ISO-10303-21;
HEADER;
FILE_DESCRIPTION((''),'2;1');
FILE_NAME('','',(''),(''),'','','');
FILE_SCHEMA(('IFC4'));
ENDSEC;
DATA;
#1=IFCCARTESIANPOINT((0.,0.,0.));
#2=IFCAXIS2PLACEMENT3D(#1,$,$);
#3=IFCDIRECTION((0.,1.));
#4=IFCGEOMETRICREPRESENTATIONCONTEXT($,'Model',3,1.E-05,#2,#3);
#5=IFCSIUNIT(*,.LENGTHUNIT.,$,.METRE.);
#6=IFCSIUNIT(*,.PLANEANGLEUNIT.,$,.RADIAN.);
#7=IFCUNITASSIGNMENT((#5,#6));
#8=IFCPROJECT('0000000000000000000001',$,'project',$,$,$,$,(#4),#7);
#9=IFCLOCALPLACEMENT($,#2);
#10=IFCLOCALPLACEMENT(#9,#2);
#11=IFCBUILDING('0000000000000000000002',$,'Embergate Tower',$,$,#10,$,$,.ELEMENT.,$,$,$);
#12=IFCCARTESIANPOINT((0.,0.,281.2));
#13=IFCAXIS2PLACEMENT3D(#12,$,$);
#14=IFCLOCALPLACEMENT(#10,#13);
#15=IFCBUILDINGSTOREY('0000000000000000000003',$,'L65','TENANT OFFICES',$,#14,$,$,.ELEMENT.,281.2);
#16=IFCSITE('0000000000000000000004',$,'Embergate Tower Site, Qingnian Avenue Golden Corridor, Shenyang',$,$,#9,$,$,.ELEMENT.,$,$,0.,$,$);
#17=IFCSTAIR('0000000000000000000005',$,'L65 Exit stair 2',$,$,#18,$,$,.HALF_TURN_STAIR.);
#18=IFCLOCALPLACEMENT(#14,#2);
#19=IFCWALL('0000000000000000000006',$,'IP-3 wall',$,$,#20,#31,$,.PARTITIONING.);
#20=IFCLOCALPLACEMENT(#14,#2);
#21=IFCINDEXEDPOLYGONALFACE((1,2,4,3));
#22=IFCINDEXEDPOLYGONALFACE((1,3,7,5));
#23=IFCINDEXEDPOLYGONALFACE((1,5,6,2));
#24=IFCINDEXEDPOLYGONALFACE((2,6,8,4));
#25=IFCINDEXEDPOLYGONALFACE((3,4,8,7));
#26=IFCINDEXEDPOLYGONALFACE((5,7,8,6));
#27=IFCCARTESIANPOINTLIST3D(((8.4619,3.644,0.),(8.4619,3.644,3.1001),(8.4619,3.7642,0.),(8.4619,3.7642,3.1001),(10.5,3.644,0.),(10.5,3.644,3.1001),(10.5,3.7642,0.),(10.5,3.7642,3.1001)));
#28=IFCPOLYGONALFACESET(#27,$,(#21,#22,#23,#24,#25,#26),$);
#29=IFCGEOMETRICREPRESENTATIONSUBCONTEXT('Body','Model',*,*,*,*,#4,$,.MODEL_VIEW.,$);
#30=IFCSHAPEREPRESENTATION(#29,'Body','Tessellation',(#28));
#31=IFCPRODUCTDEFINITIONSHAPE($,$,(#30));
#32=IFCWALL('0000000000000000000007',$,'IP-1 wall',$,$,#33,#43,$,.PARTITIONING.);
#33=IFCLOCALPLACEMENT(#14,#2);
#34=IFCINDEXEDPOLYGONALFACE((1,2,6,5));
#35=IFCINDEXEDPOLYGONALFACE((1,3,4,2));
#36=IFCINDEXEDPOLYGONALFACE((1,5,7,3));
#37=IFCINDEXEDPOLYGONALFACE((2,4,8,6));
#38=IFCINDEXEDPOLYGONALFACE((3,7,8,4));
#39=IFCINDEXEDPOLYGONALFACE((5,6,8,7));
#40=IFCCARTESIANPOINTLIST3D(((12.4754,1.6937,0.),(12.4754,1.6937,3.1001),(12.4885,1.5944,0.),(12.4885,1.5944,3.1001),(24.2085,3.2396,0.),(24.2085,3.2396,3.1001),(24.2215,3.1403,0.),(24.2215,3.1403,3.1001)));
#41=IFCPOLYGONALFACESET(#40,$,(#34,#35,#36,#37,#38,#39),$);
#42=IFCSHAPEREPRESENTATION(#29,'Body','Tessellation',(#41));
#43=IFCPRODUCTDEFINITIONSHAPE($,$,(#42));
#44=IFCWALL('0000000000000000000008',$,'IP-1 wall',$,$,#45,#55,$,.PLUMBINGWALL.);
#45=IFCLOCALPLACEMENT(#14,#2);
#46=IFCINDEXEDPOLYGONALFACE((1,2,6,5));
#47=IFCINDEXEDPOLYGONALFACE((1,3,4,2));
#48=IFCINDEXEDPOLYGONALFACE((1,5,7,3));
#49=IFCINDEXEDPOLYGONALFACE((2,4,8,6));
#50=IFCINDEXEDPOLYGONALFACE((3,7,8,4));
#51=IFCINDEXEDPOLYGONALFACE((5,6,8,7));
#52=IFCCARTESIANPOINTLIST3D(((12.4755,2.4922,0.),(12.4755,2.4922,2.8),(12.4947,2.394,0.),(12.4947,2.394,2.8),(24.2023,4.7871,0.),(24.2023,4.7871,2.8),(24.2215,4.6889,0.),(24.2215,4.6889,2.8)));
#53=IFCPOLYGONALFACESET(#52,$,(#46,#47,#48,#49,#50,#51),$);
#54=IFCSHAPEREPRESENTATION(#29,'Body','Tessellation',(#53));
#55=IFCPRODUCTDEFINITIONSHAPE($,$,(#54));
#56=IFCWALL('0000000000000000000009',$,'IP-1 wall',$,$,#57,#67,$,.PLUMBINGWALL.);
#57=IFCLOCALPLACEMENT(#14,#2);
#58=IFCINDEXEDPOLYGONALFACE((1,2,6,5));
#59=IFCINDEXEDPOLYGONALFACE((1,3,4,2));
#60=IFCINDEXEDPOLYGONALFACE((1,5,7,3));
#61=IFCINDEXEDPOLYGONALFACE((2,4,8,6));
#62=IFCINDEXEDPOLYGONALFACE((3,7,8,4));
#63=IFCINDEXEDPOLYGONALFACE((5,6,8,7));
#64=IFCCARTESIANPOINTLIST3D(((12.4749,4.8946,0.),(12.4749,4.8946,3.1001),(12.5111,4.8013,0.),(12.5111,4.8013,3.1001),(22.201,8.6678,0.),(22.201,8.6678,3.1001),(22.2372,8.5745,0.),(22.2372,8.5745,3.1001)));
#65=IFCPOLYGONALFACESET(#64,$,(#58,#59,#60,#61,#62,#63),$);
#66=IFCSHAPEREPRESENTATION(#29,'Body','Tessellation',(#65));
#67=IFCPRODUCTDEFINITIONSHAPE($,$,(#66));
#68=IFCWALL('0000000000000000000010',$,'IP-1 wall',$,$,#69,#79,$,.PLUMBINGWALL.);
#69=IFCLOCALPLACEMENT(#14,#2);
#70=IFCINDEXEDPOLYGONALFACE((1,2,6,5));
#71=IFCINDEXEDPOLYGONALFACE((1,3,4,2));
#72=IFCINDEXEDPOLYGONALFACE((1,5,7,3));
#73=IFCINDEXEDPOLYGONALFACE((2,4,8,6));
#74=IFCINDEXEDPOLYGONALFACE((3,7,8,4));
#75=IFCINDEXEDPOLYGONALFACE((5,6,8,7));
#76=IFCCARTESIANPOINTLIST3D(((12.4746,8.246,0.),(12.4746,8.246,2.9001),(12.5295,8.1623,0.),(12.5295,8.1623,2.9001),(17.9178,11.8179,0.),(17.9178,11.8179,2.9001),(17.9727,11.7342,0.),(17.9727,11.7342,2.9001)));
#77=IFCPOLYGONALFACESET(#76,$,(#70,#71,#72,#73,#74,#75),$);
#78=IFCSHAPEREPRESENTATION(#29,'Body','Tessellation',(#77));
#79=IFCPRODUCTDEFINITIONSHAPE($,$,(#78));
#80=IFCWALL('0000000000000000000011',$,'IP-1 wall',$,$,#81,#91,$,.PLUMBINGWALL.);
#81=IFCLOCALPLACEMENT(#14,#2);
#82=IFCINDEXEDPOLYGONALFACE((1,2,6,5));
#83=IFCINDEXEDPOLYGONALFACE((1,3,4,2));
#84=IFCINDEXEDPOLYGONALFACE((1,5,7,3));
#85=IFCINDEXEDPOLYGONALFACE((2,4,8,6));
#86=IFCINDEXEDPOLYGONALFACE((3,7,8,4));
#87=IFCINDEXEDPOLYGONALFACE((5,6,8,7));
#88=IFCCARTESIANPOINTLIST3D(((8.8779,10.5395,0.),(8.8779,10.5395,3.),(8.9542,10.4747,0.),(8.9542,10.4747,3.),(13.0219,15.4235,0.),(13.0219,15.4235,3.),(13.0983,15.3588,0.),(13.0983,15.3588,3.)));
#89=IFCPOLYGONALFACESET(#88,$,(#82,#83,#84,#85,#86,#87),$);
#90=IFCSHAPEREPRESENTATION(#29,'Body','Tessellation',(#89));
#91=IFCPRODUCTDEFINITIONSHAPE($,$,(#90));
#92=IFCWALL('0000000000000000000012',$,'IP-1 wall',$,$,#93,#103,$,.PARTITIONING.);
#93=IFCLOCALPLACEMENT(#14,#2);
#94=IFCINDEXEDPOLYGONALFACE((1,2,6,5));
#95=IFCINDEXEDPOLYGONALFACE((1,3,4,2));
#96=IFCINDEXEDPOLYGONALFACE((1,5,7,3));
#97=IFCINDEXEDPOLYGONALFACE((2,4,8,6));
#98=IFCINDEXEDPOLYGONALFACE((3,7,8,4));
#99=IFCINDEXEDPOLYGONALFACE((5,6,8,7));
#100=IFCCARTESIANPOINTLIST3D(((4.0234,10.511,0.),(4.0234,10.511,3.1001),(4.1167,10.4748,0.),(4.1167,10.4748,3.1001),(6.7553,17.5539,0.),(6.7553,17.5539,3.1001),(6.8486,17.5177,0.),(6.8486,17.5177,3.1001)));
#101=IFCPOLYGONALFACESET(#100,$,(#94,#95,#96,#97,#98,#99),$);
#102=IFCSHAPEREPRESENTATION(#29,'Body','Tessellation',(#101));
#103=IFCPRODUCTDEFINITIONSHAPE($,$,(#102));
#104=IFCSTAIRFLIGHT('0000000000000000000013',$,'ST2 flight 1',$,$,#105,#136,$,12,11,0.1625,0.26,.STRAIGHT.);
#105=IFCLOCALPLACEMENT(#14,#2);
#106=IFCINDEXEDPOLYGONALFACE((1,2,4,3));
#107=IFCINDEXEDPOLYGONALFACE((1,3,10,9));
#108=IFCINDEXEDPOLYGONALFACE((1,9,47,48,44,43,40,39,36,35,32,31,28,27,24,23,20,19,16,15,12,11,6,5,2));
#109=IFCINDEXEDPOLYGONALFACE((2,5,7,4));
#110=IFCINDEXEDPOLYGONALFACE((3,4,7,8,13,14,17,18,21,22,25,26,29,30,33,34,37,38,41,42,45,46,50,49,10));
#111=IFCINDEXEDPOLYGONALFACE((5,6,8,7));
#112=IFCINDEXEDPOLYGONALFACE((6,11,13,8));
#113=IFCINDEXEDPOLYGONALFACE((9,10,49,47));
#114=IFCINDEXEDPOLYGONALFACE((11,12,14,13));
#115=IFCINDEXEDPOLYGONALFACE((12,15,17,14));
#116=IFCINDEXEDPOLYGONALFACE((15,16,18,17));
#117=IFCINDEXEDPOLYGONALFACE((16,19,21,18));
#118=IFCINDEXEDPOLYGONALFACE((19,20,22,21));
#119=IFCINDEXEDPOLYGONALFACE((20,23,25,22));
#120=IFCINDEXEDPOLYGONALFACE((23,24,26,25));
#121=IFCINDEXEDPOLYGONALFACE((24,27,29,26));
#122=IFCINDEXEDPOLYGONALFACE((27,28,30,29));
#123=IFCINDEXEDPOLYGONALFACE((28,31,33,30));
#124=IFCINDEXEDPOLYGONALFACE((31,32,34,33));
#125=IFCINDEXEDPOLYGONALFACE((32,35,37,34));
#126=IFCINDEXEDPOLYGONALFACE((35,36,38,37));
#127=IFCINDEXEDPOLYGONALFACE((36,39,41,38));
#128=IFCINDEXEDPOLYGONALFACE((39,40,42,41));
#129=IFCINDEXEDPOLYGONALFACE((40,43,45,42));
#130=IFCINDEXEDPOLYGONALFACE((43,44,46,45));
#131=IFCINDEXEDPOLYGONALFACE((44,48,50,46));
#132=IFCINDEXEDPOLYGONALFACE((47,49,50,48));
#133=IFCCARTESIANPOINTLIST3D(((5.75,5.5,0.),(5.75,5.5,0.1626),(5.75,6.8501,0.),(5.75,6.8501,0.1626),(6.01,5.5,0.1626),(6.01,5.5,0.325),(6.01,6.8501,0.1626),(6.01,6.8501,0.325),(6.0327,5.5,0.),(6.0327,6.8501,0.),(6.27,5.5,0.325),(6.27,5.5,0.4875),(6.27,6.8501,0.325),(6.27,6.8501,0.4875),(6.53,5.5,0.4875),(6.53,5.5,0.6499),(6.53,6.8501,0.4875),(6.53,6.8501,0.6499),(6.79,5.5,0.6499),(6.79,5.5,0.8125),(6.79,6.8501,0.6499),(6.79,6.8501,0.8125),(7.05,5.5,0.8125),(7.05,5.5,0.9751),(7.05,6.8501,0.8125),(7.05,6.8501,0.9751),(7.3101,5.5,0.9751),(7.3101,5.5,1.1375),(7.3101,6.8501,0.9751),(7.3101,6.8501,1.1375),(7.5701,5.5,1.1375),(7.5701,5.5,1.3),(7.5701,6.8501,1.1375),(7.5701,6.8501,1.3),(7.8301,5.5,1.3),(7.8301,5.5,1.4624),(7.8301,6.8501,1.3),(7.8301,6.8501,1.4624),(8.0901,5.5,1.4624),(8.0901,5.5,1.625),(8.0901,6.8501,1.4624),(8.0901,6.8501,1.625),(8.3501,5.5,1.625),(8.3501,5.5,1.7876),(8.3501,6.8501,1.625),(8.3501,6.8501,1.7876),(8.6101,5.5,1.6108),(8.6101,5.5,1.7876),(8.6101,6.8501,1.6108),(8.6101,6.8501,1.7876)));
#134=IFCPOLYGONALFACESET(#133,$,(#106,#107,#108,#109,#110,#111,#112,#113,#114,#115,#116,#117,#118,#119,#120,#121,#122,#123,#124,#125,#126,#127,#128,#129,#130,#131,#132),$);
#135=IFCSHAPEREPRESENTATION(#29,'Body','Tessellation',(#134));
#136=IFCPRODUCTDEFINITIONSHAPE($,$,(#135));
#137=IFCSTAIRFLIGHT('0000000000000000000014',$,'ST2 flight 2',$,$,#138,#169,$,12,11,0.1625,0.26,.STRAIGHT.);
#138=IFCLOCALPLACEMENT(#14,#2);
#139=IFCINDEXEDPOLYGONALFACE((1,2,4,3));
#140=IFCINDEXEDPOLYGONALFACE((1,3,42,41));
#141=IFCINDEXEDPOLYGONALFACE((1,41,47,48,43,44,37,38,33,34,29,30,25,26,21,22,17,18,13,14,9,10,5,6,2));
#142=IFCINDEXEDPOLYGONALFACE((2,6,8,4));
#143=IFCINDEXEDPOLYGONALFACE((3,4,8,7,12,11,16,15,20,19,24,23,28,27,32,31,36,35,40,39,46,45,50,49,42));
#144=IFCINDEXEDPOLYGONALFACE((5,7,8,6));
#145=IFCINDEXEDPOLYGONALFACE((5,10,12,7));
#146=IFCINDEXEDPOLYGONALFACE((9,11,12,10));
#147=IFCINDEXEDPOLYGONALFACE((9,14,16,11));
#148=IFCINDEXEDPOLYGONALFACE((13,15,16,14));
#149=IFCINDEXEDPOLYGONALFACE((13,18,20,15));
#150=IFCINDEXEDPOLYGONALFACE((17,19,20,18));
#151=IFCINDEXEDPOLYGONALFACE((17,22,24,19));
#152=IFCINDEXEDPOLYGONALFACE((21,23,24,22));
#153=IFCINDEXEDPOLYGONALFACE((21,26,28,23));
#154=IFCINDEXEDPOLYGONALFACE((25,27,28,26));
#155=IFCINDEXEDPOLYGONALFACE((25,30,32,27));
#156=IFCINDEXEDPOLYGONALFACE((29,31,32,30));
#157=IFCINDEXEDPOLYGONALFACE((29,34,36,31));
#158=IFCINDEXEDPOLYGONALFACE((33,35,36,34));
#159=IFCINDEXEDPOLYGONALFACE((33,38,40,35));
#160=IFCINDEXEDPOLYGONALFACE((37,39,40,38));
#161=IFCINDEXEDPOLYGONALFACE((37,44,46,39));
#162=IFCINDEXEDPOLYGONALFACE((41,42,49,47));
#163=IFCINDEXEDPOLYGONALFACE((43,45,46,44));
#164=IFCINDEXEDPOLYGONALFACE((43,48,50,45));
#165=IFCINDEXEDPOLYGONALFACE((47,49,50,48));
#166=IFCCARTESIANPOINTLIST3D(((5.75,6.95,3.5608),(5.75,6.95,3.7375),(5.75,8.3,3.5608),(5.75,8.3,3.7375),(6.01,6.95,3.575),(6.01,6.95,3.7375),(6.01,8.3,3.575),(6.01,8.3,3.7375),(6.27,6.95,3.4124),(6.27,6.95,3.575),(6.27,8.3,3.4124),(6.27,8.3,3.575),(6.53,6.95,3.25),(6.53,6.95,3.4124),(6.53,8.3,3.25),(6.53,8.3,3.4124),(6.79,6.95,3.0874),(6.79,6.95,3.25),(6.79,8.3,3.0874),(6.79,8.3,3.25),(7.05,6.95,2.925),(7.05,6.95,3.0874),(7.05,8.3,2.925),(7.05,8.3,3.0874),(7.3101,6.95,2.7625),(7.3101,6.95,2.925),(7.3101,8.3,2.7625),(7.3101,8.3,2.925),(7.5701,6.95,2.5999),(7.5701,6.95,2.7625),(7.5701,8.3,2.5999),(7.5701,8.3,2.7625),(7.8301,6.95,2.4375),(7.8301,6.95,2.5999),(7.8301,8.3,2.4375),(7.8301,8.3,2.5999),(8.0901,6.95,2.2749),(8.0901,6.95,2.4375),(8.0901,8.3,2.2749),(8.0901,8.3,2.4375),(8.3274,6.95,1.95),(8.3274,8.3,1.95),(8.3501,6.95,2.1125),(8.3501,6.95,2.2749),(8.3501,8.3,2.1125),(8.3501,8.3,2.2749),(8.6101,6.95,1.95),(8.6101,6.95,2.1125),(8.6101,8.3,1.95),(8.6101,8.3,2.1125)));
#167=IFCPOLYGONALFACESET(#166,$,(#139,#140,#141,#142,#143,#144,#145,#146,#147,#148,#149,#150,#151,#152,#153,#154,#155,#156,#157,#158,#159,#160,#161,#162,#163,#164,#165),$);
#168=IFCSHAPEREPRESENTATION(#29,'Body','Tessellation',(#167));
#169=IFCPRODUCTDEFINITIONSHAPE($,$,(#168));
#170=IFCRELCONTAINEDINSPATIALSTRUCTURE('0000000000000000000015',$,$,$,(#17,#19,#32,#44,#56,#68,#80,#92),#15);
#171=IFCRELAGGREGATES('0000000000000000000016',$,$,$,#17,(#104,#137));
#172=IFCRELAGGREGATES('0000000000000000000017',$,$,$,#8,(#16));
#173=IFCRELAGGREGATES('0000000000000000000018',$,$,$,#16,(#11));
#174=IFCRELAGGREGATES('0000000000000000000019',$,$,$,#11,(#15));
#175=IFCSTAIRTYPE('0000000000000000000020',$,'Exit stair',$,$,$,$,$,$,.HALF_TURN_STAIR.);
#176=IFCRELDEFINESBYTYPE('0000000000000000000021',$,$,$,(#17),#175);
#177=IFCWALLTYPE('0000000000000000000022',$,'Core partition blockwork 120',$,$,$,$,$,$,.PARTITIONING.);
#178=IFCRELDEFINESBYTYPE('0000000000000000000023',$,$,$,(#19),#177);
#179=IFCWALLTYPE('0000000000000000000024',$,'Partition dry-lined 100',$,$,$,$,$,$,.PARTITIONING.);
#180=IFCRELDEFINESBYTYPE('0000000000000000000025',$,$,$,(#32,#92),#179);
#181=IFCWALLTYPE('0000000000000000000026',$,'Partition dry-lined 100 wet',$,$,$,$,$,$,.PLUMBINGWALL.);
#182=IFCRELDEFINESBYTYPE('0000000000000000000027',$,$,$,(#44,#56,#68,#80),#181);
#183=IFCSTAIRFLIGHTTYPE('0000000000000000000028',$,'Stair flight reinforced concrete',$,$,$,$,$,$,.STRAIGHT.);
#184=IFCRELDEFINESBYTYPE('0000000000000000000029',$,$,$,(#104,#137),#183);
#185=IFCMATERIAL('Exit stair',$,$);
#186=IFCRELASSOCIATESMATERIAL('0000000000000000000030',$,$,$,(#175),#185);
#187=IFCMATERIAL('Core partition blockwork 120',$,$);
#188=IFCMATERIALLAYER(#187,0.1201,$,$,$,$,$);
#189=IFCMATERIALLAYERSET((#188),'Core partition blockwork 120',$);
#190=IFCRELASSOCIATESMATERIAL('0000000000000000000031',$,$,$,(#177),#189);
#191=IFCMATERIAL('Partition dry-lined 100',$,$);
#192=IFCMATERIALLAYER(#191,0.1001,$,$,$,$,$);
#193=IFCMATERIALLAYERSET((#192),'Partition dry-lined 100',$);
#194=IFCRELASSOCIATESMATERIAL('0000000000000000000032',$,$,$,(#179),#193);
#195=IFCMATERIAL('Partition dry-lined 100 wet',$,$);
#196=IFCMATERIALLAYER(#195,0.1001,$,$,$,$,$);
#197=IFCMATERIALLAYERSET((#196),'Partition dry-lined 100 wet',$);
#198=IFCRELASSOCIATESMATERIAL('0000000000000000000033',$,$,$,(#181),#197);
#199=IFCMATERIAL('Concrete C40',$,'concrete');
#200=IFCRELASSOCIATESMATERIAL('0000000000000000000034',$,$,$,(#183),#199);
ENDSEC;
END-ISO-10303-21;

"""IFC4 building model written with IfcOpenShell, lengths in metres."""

from ifc_helpers import new_model, si_unit, direction, frame, frame_2d, origin, place, context, subcontext, project, spatial, polyline, rectangle, outline, extrude, source, transform, mapped, material, layer, layer_set, type_object, element, aggregate, save


model = new_model("IFC4")

# Units and contexts
model_context = context("Model", 3, precision=1e-05, world=origin(), true_north=direction((0.0, 1.0)))
body_context = subcontext(model_context, "Body", "Model", "MODEL_VIEW")
ifc_project = project(units=[si_unit("LENGTHUNIT", "METRE"), si_unit("PLANEANGLEUNIT", "RADIAN")], contexts=[model_context])

# Site, building, storey
site_placement = place(None, origin())
site = spatial("IfcSite", under=ifc_project, at=site_placement, Name="Embergate Tower Site, Qingnian Avenue Golden Corridor, Shenyang", CompositionType="ELEMENT", RefElevation=0.0)
building_placement = place(site_placement, origin())
building = spatial("IfcBuilding", under=site, at=building_placement, Name="Embergate Tower", CompositionType="ELEMENT")
storey_placement = place(building_placement, frame((0.0, 0.0, 281.2)))
storey = spatial("IfcBuildingStorey", under=building, at=storey_placement, Name="L65", Description="TENANT OFFICES", CompositionType="ELEMENT", Elevation=281.2)

# Stair
ifc_material_1 = material(Name="Exit stair")
stair_type = type_object("IfcStairType", Name="Exit stair", PredefinedType="HALF_TURN_STAIR", material=ifc_material_1)
stair_placement = place(storey_placement, origin())
stair = element("IfcStair", 1, at=stair_placement, inside=storey, type_object=stair_type, Name="L65 Exit stair 2", PredefinedType="HALF_TURN_STAIR")
ifc_material_2 = material(Name="Concrete C40", Category="concrete")

# Shared definitions
ifc_material_3 = material(Name="Core partition blockwork 120")
ifc_layer_1 = layer(ifc_material_3, 0.1201)
ifc_layer_set_1 = layer_set([ifc_layer_1], Name="Core partition blockwork 120")
wall_type_1 = type_object("IfcWallType", Name="Core partition blockwork 120", PredefinedType="PARTITIONING", material=ifc_layer_set_1)

# Walls
shared_shape_1 = source(origin(), body_context, "Body", "SweptSolid", [
    extrude(rectangle(XDim=2.0381, YDim=0.1201, at=frame_2d((1.019, 0.0))), origin(), (0.0, 0.0, 1.0), 3.1001),
])
wall_1_placement = place(storey_placement, frame((10.5, 3.7041, 0.0), z_axis=(0.0, 0.0, 1.0), x_axis=(-1.0, 0.0, 0.0)))
element("IfcWall", 2, at=wall_1_placement, inside=storey, type_object=wall_type_1, Name="IP-3 wall", PredefinedType="PARTITIONING", context=body_context, shape_type="MappedRepresentation", body=[
    mapped(shared_shape_1, transform((0.0, 0.0, 0.0))),
])
ifc_material_4 = material(Name="Partition dry-lined 100")
ifc_layer_2 = layer(ifc_material_4, 0.1001)
ifc_layer_set_2 = layer_set([ifc_layer_2], Name="Partition dry-lined 100")
wall_type_2 = type_object("IfcWallType", Name="Partition dry-lined 100", PredefinedType="PARTITIONING", material=ifc_layer_set_2)
shared_shape_2 = source(origin(), body_context, "Body", "SweptSolid", [
    extrude(rectangle(XDim=11.8345, YDim=0.1001, at=frame_2d((5.9172, 0.0))), origin(), (0.0, 0.0, 1.0), 3.1001),
])
wall_2_placement = place(storey_placement, frame((12.4819, 1.644, 0.0), z_axis=(0.0, 0.0, 1.0), x_axis=(0.991432, 0.130626, 0.0)))
element("IfcWall", 3, at=wall_2_placement, inside=storey, type_object=wall_type_2, Name="IP-1 wall", PredefinedType="PARTITIONING", context=body_context, shape_type="MappedRepresentation", body=[
    mapped(shared_shape_2, transform((0.0, 0.0, 0.0))),
])
ifc_material_5 = material(Name="Partition dry-lined 100 wet")
ifc_layer_3 = layer(ifc_material_5, 0.1001)
ifc_layer_set_3 = layer_set([ifc_layer_3], Name="Partition dry-lined 100 wet")
wall_type_3 = type_object("IfcWallType", Name="Partition dry-lined 100 wet", PredefinedType="PLUMBINGWALL", material=ifc_layer_set_3)
shared_shape_3 = source(origin(), body_context, "Body", "SweptSolid", [
    extrude(rectangle(XDim=11.9492, YDim=0.1001, at=frame_2d((5.9746, 0.0))), origin(), (0.0, 0.0, 1.0), 2.8),
])
wall_3_placement = place(storey_placement, frame((12.4851, 2.4431, 0.0), z_axis=(0.0, 0.0, 1.0), x_axis=(0.981384, 0.192056, 0.0)))
element("IfcWall", 4, at=wall_3_placement, inside=storey, type_object=wall_type_3, Name="IP-1 wall", PredefinedType="PLUMBINGWALL", context=body_context, shape_type="MappedRepresentation", body=[
    mapped(shared_shape_3, transform((0.0, 0.0, 0.0))),
])
shared_shape_4 = source(origin(), body_context, "Body", "SweptSolid", [
    extrude(rectangle(XDim=10.4324, YDim=0.1001, at=frame_2d((5.2163, 0.0))), origin(), (0.0, 0.0, 1.0), 3.1001),
])
wall_4_placement = place(storey_placement, frame((12.4929, 4.8479, 0.0), z_axis=(0.0, 0.0, 1.0), x_axis=(0.932301, 0.361683, 0.0)))
element("IfcWall", 5, at=wall_4_placement, inside=storey, type_object=wall_type_3, Name="IP-1 wall", PredefinedType="PLUMBINGWALL", context=body_context, shape_type="MappedRepresentation", body=[
    mapped(shared_shape_4, transform((0.0, 0.0, 0.0))),
])
shared_shape_5 = source(origin(), body_context, "Body", "SweptSolid", [
    extrude(rectangle(XDim=6.5105, YDim=0.1001, at=frame_2d((3.2554, 0.0))), origin(), (0.0, 0.0, 1.0), 2.9001),
])
wall_5_placement = place(storey_placement, frame((12.502, 8.2041, 0.0), z_axis=(0.0, 0.0, 1.0), x_axis=(0.836067, 0.548628, 0.0)))
element("IfcWall", 6, at=wall_5_placement, inside=storey, type_object=wall_type_3, Name="IP-1 wall", PredefinedType="PLUMBINGWALL", context=body_context, shape_type="MappedRepresentation", body=[
    mapped(shared_shape_5, transform((0.0, 0.0, 0.0))),
])
shared_shape_6 = source(origin(), body_context, "Body", "SweptSolid", [
    extrude(rectangle(XDim=6.4053, YDim=0.1001, at=frame_2d((3.2026, 0.0))), origin(), (0.0, 0.0, 1.0), 3.0),
])
wall_6_placement = place(storey_placement, frame((8.916, 10.5071, 0.0), z_axis=(0.0, 0.0, 1.0), x_axis=(0.646979, 0.762508, 0.0)))
element("IfcWall", 7, at=wall_6_placement, inside=storey, type_object=wall_type_3, Name="IP-1 wall", PredefinedType="PLUMBINGWALL", context=body_context, shape_type="MappedRepresentation", body=[
    mapped(shared_shape_6, transform((0.0, 0.0, 0.0))),
])
shared_shape_7 = source(origin(), body_context, "Body", "SweptSolid", [
    extrude(rectangle(XDim=7.5542, YDim=0.1001, at=frame_2d((3.7771, 0.0))), origin(), (0.0, 0.0, 1.0), 3.1001),
])
wall_7_placement = place(storey_placement, frame((4.0701, 10.4929, 0.0), z_axis=(0.0, 0.0, 1.0), x_axis=(0.361641, 0.932317, 0.0)))
element("IfcWall", 8, at=wall_7_placement, inside=storey, type_object=wall_type_2, Name="IP-1 wall", PredefinedType="PARTITIONING", context=body_context, shape_type="MappedRepresentation", body=[
    mapped(shared_shape_7, transform((0.0, 0.0, 0.0))),
])

# Stair flights
stair_flight_type = type_object("IfcStairFlightType", Name="Stair flight reinforced concrete", PredefinedType="STRAIGHT", material=ifc_material_2)
shared_shape_8 = source(origin(), body_context, "Body", "SweptSolid", [
    extrude(outline(polyline([(0.0, 0.0), (0.0, 0.1626), (0.26, 0.1626), (0.26, 0.325), (0.52, 0.325), (0.52, 0.4875), (0.78, 0.4875), (0.78, 0.6499), (1.04, 0.6499), (1.04, 0.8125), (1.3, 0.8125), (1.3, 0.9751), (1.5601, 0.9751), (1.5601, 1.1375), (1.8201, 1.1375), (1.8201, 1.3), (2.0801, 1.3), (2.0801, 1.4624), (2.3401, 1.4624), (2.3401, 1.625), (2.6001, 1.625), (2.6001, 1.7876), (2.8601, 1.7876), (2.8601, 1.95), (2.8601, 1.6108), (0.2827, 0.0), (0.0, 0.0)])), frame((0.0, 0.675, 0.0), z_axis=(0.0, -1.0, 0.0), x_axis=(1.0, 0.0, 0.0)), (0.0, 0.0, 1.0), 1.3501),
])
stair_flight_1_placement = place(storey_placement, frame((5.75, 6.175, 0.0), z_axis=(0.0, 0.0, 1.0), x_axis=(1.0, 0.0, 0.0)))
stair_flight_1 = element("IfcStairFlight", 9, at=stair_flight_1_placement, type_object=stair_flight_type, Name="ST2 flight 1", NumberOfRisers=12, NumberOfTreads=11, PredefinedType="STRAIGHT", RiserHeight=0.1625, TreadLength=0.26, context=body_context, shape_type="MappedRepresentation", body=[
    mapped(shared_shape_8, transform((0.0, 0.0, 0.0))),
])
stair_flight_2_placement = place(storey_placement, frame((8.6101, 7.625, 1.95), z_axis=(0.0, 0.0, 1.0), x_axis=(-1.0, 0.0, 0.0)))
stair_flight_2 = element("IfcStairFlight", 10, at=stair_flight_2_placement, type_object=stair_flight_type, Name="ST2 flight 2", NumberOfRisers=12, NumberOfTreads=11, PredefinedType="STRAIGHT", RiserHeight=0.1625, TreadLength=0.26, context=body_context, shape_type="MappedRepresentation", body=[
    mapped(shared_shape_8, transform((0.0, 0.0, 0.0))),
])
aggregate(stair, [stair_flight_1, stair_flight_2])

save(model, "model.ifc")
